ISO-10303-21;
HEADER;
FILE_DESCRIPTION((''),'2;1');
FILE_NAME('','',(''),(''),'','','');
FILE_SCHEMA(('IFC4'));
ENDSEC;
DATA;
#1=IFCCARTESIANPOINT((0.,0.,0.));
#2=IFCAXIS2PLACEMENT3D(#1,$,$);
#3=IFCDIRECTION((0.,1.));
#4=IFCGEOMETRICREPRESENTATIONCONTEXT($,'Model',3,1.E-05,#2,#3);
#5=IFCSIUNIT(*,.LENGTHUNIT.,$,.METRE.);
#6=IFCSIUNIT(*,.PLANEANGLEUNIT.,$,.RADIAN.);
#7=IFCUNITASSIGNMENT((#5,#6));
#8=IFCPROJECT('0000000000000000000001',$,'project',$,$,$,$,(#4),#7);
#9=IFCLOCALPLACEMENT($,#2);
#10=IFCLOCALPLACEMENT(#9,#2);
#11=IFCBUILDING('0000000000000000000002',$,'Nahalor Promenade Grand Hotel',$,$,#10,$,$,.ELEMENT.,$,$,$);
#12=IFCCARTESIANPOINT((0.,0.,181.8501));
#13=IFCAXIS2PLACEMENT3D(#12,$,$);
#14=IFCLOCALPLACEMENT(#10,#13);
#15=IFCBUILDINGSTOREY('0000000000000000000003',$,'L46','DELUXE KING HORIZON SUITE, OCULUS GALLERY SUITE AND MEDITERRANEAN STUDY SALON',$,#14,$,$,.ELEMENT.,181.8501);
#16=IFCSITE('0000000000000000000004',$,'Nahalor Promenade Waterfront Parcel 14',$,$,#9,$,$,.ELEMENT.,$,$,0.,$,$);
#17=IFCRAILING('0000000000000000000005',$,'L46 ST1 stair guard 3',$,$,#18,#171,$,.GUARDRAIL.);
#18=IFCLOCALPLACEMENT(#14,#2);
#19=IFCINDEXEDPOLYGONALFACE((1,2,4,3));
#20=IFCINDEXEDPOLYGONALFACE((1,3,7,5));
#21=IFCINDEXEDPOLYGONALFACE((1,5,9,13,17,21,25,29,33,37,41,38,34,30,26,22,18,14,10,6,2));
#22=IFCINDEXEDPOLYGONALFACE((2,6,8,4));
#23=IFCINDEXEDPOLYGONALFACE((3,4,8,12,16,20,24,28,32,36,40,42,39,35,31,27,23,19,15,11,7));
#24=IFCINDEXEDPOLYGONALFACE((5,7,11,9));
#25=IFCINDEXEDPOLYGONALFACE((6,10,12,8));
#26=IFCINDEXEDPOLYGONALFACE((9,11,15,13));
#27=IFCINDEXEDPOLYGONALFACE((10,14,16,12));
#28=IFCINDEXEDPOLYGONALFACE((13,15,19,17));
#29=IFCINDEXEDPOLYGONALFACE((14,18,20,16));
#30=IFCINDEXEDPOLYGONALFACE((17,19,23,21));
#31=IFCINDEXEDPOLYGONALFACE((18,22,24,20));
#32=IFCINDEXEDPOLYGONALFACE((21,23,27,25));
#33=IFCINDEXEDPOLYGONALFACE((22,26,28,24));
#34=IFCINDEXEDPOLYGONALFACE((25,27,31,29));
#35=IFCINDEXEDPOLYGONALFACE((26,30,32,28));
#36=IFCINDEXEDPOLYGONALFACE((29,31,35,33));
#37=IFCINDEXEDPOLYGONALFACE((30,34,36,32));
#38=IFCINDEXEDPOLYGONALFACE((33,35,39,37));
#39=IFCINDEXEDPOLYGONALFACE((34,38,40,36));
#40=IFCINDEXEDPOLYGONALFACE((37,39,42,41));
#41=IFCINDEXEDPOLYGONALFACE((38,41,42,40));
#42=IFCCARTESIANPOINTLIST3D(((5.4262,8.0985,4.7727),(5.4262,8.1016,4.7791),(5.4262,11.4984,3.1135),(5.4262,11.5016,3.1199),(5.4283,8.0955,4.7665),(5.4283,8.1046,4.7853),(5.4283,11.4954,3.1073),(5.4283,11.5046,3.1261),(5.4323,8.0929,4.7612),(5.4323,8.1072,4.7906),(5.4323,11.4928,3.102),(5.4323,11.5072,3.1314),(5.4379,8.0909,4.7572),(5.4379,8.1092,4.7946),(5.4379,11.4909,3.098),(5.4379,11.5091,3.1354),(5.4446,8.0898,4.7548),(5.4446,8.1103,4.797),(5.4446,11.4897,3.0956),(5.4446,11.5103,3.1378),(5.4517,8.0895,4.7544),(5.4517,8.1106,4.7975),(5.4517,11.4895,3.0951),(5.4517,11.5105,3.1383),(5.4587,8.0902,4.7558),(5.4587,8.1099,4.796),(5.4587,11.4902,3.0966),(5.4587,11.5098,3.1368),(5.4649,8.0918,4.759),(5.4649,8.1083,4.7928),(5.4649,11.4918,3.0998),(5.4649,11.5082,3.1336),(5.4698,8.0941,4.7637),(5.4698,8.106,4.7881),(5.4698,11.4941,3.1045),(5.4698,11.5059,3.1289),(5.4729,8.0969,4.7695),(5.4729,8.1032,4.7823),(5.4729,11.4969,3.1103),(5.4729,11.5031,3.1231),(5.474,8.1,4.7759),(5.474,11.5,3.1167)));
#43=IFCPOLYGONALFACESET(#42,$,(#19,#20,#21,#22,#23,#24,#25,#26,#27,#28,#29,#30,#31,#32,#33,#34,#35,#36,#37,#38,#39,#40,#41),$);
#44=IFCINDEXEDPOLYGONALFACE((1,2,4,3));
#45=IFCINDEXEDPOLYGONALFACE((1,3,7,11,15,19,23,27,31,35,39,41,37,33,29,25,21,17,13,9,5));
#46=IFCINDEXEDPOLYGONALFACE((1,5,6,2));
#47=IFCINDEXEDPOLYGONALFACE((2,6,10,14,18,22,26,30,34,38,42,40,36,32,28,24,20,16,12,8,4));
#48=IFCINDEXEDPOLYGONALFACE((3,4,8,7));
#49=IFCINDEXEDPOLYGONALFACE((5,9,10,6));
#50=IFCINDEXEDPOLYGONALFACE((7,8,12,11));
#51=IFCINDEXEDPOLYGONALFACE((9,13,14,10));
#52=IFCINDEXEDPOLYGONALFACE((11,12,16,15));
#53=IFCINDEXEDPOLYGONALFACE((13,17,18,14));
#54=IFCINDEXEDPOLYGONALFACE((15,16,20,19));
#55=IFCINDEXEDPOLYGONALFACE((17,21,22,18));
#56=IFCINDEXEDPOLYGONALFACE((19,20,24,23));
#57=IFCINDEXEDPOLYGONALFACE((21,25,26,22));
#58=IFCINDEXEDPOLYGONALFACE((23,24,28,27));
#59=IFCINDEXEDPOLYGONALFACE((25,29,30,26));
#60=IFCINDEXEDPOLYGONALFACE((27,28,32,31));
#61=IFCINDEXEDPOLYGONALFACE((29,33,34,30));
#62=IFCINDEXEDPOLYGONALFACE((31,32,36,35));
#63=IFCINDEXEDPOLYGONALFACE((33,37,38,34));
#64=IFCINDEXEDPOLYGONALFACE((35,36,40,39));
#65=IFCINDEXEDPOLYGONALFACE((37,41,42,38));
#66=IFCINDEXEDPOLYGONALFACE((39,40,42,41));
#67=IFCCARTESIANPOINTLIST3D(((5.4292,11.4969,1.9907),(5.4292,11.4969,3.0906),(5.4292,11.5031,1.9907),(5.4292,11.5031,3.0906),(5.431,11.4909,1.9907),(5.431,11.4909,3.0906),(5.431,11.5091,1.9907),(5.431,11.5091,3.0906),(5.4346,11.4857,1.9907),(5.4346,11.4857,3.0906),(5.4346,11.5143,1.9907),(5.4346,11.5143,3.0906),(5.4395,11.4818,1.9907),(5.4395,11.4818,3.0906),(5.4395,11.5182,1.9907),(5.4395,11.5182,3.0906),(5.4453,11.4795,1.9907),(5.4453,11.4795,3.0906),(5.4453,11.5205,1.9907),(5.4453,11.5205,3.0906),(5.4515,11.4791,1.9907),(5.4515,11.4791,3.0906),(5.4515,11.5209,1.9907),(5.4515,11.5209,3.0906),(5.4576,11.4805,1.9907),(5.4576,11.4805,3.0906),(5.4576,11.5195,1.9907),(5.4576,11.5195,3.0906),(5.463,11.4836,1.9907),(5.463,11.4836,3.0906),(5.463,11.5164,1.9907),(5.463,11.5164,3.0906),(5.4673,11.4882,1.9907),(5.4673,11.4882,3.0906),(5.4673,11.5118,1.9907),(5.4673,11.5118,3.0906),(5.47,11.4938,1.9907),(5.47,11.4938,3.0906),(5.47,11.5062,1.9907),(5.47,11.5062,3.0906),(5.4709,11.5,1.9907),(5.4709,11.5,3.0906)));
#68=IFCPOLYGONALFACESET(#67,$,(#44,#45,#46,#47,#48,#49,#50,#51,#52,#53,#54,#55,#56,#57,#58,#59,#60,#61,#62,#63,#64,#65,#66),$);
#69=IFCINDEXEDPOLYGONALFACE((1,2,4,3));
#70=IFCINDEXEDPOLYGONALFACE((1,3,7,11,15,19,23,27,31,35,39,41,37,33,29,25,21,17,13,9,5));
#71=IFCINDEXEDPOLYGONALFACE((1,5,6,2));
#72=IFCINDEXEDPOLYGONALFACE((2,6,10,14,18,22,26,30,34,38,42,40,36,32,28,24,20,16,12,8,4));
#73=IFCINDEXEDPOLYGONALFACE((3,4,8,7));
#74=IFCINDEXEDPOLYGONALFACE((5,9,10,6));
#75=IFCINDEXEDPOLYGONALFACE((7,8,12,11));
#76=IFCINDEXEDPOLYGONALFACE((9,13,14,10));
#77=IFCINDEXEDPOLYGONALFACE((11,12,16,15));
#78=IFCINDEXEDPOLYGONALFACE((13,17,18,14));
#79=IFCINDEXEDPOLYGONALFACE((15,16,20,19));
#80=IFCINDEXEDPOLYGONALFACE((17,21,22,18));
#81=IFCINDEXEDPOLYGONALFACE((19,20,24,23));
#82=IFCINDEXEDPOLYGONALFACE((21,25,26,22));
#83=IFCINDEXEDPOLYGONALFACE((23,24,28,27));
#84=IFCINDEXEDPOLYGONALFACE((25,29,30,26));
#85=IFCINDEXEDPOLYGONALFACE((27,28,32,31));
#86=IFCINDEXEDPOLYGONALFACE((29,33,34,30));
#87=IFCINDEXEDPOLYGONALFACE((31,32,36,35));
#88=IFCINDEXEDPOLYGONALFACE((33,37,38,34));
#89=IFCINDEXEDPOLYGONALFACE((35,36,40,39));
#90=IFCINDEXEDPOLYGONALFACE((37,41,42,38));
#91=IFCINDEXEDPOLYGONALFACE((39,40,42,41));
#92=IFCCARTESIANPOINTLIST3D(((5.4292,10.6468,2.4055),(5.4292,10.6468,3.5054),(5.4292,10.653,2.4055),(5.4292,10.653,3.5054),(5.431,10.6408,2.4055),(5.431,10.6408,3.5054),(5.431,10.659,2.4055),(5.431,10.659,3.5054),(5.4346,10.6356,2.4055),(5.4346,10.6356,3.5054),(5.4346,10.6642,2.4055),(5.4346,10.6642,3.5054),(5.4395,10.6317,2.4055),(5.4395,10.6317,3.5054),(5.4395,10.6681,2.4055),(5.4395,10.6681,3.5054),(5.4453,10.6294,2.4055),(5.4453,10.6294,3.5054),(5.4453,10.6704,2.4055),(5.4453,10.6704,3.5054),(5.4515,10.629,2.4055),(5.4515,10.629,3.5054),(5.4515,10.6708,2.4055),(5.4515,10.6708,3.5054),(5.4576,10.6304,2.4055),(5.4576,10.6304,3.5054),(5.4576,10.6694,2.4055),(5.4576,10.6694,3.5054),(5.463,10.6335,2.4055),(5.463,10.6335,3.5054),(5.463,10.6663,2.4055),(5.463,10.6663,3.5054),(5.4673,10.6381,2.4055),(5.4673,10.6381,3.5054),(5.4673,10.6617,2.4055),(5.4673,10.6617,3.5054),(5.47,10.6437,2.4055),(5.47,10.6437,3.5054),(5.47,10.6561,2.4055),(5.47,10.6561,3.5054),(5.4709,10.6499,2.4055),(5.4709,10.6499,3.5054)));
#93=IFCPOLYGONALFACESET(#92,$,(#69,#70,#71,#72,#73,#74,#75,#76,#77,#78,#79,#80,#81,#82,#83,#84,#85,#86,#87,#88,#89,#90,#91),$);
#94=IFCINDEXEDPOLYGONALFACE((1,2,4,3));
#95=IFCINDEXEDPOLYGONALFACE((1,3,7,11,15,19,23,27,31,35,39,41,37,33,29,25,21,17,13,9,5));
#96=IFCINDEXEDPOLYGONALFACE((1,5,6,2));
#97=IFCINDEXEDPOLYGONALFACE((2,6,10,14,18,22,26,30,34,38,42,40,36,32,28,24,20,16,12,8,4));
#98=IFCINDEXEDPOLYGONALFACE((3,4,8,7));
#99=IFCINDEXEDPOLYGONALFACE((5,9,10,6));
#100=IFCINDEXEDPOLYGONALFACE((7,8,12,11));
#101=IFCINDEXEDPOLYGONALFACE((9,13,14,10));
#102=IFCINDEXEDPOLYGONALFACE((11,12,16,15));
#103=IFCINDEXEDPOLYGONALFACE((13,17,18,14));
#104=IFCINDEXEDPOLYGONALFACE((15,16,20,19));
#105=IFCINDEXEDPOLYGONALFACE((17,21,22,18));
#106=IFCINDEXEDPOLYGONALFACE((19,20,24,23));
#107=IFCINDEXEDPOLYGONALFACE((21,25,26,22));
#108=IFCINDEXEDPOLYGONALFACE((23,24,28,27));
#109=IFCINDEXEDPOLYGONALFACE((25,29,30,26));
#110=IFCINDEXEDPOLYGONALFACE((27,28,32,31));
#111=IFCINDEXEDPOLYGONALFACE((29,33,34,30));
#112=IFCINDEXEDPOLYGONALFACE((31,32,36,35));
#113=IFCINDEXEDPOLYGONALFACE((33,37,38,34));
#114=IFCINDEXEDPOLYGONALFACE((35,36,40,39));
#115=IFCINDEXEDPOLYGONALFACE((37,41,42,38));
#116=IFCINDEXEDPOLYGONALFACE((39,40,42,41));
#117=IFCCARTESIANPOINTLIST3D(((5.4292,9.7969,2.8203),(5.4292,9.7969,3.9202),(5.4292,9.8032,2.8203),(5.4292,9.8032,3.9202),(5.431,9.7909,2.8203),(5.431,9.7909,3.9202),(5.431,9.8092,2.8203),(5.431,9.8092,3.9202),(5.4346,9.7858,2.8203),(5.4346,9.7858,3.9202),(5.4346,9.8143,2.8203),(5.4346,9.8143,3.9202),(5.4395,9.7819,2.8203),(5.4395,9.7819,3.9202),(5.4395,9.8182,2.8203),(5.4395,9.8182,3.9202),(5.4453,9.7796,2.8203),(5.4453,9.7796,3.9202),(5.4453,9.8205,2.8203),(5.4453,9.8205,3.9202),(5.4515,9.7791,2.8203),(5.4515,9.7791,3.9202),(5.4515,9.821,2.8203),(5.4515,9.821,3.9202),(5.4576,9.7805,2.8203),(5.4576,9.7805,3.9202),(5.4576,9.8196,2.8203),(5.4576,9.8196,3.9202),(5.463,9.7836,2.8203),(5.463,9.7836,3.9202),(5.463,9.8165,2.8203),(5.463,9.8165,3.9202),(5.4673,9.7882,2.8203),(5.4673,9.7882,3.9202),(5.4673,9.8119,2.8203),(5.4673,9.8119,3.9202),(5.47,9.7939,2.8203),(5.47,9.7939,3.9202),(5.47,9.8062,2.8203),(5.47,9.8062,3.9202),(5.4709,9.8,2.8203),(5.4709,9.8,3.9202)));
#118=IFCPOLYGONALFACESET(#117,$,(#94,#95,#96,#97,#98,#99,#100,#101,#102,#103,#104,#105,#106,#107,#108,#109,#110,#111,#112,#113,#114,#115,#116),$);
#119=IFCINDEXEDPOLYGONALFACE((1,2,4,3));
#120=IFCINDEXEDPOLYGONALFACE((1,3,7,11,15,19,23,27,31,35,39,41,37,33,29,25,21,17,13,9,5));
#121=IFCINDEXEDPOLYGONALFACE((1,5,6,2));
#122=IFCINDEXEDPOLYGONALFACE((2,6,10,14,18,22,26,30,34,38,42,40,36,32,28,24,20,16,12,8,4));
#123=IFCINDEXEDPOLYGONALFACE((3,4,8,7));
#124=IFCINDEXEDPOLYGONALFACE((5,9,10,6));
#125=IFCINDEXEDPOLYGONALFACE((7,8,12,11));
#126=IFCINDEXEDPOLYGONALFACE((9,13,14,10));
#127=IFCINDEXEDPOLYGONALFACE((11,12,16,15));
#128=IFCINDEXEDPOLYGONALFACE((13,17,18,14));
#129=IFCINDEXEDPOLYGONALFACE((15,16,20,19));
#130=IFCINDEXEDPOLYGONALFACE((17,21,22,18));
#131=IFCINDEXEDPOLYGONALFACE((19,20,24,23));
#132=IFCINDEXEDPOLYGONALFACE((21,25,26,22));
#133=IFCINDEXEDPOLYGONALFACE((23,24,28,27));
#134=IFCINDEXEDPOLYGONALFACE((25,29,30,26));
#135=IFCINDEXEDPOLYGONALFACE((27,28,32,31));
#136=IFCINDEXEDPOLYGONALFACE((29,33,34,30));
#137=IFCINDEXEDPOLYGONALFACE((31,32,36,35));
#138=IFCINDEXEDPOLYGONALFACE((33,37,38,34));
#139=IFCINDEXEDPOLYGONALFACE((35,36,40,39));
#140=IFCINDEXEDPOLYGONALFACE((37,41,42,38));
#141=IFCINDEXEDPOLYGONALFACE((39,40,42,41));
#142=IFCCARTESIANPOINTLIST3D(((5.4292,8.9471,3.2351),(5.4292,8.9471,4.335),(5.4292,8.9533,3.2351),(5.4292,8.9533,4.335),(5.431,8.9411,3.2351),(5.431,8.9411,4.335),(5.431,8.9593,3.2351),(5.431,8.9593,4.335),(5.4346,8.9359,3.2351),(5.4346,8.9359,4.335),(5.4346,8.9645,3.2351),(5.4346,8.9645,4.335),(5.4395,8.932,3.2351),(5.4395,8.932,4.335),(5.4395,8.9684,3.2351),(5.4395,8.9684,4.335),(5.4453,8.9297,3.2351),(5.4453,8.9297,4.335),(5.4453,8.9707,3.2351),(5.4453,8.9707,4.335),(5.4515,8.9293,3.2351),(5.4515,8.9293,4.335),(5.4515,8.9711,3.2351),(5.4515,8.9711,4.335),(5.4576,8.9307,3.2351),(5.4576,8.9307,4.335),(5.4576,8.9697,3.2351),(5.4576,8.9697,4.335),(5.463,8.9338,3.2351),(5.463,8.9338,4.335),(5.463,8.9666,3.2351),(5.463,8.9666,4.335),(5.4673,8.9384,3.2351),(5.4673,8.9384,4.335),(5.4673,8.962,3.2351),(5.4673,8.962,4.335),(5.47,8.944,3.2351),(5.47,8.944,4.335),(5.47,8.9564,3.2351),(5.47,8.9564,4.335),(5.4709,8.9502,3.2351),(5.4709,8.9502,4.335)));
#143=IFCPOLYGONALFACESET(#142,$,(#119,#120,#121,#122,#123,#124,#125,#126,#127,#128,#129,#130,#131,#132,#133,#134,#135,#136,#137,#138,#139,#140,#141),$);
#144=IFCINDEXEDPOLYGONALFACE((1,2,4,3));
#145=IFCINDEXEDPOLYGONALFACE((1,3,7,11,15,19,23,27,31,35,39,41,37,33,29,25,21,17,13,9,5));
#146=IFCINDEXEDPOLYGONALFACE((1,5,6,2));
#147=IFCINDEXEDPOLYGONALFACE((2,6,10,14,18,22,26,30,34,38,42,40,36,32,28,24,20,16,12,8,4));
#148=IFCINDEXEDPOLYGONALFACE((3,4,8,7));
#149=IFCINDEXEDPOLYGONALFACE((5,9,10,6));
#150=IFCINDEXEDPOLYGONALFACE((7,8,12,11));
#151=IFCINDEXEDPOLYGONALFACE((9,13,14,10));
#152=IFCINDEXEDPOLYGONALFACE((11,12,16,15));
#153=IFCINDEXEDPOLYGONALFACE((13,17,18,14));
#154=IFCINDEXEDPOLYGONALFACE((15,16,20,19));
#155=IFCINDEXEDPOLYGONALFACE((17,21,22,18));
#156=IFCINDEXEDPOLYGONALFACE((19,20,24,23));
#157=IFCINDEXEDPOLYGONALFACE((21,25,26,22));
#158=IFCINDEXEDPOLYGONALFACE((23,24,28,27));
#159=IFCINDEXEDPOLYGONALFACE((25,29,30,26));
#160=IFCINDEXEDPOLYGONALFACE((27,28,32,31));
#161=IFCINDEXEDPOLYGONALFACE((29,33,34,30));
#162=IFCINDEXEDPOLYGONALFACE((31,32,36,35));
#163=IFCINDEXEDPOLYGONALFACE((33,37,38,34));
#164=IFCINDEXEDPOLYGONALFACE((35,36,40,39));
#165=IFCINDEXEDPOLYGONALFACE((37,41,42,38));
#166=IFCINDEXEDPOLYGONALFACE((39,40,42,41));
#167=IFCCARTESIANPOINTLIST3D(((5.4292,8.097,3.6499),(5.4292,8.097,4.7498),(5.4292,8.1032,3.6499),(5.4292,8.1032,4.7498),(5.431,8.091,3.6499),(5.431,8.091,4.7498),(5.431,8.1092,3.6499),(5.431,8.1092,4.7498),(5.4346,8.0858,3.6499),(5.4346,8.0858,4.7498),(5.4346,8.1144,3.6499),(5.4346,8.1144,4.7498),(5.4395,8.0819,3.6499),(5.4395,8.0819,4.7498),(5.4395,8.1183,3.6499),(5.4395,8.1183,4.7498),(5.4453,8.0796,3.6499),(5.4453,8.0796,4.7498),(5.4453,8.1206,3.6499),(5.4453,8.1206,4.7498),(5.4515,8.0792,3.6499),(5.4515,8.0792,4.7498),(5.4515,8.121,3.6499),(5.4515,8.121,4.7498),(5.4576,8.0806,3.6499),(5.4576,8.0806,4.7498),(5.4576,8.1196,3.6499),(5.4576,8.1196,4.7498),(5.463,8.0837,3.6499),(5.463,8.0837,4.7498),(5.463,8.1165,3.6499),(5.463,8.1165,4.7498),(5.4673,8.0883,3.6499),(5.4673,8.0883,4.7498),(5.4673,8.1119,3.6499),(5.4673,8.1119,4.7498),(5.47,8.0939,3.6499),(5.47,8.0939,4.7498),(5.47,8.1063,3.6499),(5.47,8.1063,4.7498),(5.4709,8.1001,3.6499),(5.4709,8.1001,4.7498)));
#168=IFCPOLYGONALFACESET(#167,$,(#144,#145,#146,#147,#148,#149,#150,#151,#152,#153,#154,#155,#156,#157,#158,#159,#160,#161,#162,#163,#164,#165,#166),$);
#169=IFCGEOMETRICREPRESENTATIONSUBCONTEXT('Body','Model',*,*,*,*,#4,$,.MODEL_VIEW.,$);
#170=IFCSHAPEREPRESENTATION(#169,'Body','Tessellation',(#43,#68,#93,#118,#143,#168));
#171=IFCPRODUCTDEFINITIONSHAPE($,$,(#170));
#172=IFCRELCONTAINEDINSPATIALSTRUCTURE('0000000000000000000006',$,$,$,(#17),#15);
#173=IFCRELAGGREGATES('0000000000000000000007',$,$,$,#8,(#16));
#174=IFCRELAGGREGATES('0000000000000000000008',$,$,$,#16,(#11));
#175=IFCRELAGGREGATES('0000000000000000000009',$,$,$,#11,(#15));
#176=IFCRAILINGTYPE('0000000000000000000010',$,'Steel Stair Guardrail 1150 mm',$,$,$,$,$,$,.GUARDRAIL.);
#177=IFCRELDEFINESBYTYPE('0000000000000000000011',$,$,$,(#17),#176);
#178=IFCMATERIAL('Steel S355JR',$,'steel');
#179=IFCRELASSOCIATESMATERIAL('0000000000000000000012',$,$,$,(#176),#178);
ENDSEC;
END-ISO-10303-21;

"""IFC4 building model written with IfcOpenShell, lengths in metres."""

from ifc_helpers import new_model, si_unit, direction, frame, origin, origin_2d, place, context, subcontext, project, spatial, circle, extrude, material, type_object, element, save


model = new_model("IFC4")

# Units and contexts
model_context = context("Model", 3, precision=1e-05, world=origin(), true_north=direction((0.0, 1.0)))
body_context = subcontext(model_context, "Body", "Model", "MODEL_VIEW")
ifc_project = project(units=[si_unit("LENGTHUNIT", "METRE"), si_unit("PLANEANGLEUNIT", "RADIAN")], contexts=[model_context])

# Site, building, storey
site_placement = place(None, origin())
site = spatial("IfcSite", under=ifc_project, at=site_placement, Name="Nahalor Promenade Waterfront Parcel 14", CompositionType="ELEMENT", RefElevation=0.0)
building_placement = place(site_placement, origin())
building = spatial("IfcBuilding", under=site, at=building_placement, Name="Nahalor Promenade Grand Hotel", CompositionType="ELEMENT")
storey_placement = place(building_placement, frame((0.0, 0.0, 181.8501)))
storey = spatial("IfcBuildingStorey", under=building, at=storey_placement, Name="L46", Description="DELUXE KING HORIZON SUITE, OCULUS GALLERY SUITE AND MEDITERRANEAN STUDY SALON", CompositionType="ELEMENT", Elevation=181.8501)

# Shared definitions
ifc_material_1 = material(Name="Steel S355JR", Category="steel")

# Railing
railing_type_1 = type_object("IfcRailingType", Name="Steel Stair Guardrail 1150 mm", PredefinedType="GUARDRAIL", material=ifc_material_1)
railing_1_placement = place(storey_placement, frame((5.45, 11.5, 1.9907)))
element("IfcRailing", 1, at=railing_1_placement, inside=storey, type_object=railing_type_1, Name="L46 ST1 stair guard 3", PredefinedType="GUARDRAIL", context=body_context, shape_type="SweptSolid", body=[
    extrude(circle(Radius=0.024, at=origin_2d()), frame((0.0, 0.0, 1.126), z_axis=(0.0, -0.898696, 0.438571), x_axis=(1.0, 0.0, 0.0)), (0.0, 0.0, 1.0), 3.7832),
    extrude(circle(Radius=0.021, at=origin_2d()), origin(), (0.0, 0.0, 1.0), 1.0999),
    extrude(circle(Radius=0.021, at=origin_2d()), frame((0.0, -0.8501, 0.4148)), (0.0, 0.0, 1.0), 1.0999),
    extrude(circle(Radius=0.021, at=origin_2d()), frame((0.0, -1.7, 0.8296)), (0.0, 0.0, 1.0), 1.0999),
    extrude(circle(Radius=0.021, at=origin_2d()), frame((0.0, -2.5498, 1.2444)), (0.0, 0.0, 1.0), 1.0999),
    extrude(circle(Radius=0.021, at=origin_2d()), frame((0.0, -3.3999, 1.6592)), (0.0, 0.0, 1.0), 1.0999),
])

save(model, "model.ifc")
